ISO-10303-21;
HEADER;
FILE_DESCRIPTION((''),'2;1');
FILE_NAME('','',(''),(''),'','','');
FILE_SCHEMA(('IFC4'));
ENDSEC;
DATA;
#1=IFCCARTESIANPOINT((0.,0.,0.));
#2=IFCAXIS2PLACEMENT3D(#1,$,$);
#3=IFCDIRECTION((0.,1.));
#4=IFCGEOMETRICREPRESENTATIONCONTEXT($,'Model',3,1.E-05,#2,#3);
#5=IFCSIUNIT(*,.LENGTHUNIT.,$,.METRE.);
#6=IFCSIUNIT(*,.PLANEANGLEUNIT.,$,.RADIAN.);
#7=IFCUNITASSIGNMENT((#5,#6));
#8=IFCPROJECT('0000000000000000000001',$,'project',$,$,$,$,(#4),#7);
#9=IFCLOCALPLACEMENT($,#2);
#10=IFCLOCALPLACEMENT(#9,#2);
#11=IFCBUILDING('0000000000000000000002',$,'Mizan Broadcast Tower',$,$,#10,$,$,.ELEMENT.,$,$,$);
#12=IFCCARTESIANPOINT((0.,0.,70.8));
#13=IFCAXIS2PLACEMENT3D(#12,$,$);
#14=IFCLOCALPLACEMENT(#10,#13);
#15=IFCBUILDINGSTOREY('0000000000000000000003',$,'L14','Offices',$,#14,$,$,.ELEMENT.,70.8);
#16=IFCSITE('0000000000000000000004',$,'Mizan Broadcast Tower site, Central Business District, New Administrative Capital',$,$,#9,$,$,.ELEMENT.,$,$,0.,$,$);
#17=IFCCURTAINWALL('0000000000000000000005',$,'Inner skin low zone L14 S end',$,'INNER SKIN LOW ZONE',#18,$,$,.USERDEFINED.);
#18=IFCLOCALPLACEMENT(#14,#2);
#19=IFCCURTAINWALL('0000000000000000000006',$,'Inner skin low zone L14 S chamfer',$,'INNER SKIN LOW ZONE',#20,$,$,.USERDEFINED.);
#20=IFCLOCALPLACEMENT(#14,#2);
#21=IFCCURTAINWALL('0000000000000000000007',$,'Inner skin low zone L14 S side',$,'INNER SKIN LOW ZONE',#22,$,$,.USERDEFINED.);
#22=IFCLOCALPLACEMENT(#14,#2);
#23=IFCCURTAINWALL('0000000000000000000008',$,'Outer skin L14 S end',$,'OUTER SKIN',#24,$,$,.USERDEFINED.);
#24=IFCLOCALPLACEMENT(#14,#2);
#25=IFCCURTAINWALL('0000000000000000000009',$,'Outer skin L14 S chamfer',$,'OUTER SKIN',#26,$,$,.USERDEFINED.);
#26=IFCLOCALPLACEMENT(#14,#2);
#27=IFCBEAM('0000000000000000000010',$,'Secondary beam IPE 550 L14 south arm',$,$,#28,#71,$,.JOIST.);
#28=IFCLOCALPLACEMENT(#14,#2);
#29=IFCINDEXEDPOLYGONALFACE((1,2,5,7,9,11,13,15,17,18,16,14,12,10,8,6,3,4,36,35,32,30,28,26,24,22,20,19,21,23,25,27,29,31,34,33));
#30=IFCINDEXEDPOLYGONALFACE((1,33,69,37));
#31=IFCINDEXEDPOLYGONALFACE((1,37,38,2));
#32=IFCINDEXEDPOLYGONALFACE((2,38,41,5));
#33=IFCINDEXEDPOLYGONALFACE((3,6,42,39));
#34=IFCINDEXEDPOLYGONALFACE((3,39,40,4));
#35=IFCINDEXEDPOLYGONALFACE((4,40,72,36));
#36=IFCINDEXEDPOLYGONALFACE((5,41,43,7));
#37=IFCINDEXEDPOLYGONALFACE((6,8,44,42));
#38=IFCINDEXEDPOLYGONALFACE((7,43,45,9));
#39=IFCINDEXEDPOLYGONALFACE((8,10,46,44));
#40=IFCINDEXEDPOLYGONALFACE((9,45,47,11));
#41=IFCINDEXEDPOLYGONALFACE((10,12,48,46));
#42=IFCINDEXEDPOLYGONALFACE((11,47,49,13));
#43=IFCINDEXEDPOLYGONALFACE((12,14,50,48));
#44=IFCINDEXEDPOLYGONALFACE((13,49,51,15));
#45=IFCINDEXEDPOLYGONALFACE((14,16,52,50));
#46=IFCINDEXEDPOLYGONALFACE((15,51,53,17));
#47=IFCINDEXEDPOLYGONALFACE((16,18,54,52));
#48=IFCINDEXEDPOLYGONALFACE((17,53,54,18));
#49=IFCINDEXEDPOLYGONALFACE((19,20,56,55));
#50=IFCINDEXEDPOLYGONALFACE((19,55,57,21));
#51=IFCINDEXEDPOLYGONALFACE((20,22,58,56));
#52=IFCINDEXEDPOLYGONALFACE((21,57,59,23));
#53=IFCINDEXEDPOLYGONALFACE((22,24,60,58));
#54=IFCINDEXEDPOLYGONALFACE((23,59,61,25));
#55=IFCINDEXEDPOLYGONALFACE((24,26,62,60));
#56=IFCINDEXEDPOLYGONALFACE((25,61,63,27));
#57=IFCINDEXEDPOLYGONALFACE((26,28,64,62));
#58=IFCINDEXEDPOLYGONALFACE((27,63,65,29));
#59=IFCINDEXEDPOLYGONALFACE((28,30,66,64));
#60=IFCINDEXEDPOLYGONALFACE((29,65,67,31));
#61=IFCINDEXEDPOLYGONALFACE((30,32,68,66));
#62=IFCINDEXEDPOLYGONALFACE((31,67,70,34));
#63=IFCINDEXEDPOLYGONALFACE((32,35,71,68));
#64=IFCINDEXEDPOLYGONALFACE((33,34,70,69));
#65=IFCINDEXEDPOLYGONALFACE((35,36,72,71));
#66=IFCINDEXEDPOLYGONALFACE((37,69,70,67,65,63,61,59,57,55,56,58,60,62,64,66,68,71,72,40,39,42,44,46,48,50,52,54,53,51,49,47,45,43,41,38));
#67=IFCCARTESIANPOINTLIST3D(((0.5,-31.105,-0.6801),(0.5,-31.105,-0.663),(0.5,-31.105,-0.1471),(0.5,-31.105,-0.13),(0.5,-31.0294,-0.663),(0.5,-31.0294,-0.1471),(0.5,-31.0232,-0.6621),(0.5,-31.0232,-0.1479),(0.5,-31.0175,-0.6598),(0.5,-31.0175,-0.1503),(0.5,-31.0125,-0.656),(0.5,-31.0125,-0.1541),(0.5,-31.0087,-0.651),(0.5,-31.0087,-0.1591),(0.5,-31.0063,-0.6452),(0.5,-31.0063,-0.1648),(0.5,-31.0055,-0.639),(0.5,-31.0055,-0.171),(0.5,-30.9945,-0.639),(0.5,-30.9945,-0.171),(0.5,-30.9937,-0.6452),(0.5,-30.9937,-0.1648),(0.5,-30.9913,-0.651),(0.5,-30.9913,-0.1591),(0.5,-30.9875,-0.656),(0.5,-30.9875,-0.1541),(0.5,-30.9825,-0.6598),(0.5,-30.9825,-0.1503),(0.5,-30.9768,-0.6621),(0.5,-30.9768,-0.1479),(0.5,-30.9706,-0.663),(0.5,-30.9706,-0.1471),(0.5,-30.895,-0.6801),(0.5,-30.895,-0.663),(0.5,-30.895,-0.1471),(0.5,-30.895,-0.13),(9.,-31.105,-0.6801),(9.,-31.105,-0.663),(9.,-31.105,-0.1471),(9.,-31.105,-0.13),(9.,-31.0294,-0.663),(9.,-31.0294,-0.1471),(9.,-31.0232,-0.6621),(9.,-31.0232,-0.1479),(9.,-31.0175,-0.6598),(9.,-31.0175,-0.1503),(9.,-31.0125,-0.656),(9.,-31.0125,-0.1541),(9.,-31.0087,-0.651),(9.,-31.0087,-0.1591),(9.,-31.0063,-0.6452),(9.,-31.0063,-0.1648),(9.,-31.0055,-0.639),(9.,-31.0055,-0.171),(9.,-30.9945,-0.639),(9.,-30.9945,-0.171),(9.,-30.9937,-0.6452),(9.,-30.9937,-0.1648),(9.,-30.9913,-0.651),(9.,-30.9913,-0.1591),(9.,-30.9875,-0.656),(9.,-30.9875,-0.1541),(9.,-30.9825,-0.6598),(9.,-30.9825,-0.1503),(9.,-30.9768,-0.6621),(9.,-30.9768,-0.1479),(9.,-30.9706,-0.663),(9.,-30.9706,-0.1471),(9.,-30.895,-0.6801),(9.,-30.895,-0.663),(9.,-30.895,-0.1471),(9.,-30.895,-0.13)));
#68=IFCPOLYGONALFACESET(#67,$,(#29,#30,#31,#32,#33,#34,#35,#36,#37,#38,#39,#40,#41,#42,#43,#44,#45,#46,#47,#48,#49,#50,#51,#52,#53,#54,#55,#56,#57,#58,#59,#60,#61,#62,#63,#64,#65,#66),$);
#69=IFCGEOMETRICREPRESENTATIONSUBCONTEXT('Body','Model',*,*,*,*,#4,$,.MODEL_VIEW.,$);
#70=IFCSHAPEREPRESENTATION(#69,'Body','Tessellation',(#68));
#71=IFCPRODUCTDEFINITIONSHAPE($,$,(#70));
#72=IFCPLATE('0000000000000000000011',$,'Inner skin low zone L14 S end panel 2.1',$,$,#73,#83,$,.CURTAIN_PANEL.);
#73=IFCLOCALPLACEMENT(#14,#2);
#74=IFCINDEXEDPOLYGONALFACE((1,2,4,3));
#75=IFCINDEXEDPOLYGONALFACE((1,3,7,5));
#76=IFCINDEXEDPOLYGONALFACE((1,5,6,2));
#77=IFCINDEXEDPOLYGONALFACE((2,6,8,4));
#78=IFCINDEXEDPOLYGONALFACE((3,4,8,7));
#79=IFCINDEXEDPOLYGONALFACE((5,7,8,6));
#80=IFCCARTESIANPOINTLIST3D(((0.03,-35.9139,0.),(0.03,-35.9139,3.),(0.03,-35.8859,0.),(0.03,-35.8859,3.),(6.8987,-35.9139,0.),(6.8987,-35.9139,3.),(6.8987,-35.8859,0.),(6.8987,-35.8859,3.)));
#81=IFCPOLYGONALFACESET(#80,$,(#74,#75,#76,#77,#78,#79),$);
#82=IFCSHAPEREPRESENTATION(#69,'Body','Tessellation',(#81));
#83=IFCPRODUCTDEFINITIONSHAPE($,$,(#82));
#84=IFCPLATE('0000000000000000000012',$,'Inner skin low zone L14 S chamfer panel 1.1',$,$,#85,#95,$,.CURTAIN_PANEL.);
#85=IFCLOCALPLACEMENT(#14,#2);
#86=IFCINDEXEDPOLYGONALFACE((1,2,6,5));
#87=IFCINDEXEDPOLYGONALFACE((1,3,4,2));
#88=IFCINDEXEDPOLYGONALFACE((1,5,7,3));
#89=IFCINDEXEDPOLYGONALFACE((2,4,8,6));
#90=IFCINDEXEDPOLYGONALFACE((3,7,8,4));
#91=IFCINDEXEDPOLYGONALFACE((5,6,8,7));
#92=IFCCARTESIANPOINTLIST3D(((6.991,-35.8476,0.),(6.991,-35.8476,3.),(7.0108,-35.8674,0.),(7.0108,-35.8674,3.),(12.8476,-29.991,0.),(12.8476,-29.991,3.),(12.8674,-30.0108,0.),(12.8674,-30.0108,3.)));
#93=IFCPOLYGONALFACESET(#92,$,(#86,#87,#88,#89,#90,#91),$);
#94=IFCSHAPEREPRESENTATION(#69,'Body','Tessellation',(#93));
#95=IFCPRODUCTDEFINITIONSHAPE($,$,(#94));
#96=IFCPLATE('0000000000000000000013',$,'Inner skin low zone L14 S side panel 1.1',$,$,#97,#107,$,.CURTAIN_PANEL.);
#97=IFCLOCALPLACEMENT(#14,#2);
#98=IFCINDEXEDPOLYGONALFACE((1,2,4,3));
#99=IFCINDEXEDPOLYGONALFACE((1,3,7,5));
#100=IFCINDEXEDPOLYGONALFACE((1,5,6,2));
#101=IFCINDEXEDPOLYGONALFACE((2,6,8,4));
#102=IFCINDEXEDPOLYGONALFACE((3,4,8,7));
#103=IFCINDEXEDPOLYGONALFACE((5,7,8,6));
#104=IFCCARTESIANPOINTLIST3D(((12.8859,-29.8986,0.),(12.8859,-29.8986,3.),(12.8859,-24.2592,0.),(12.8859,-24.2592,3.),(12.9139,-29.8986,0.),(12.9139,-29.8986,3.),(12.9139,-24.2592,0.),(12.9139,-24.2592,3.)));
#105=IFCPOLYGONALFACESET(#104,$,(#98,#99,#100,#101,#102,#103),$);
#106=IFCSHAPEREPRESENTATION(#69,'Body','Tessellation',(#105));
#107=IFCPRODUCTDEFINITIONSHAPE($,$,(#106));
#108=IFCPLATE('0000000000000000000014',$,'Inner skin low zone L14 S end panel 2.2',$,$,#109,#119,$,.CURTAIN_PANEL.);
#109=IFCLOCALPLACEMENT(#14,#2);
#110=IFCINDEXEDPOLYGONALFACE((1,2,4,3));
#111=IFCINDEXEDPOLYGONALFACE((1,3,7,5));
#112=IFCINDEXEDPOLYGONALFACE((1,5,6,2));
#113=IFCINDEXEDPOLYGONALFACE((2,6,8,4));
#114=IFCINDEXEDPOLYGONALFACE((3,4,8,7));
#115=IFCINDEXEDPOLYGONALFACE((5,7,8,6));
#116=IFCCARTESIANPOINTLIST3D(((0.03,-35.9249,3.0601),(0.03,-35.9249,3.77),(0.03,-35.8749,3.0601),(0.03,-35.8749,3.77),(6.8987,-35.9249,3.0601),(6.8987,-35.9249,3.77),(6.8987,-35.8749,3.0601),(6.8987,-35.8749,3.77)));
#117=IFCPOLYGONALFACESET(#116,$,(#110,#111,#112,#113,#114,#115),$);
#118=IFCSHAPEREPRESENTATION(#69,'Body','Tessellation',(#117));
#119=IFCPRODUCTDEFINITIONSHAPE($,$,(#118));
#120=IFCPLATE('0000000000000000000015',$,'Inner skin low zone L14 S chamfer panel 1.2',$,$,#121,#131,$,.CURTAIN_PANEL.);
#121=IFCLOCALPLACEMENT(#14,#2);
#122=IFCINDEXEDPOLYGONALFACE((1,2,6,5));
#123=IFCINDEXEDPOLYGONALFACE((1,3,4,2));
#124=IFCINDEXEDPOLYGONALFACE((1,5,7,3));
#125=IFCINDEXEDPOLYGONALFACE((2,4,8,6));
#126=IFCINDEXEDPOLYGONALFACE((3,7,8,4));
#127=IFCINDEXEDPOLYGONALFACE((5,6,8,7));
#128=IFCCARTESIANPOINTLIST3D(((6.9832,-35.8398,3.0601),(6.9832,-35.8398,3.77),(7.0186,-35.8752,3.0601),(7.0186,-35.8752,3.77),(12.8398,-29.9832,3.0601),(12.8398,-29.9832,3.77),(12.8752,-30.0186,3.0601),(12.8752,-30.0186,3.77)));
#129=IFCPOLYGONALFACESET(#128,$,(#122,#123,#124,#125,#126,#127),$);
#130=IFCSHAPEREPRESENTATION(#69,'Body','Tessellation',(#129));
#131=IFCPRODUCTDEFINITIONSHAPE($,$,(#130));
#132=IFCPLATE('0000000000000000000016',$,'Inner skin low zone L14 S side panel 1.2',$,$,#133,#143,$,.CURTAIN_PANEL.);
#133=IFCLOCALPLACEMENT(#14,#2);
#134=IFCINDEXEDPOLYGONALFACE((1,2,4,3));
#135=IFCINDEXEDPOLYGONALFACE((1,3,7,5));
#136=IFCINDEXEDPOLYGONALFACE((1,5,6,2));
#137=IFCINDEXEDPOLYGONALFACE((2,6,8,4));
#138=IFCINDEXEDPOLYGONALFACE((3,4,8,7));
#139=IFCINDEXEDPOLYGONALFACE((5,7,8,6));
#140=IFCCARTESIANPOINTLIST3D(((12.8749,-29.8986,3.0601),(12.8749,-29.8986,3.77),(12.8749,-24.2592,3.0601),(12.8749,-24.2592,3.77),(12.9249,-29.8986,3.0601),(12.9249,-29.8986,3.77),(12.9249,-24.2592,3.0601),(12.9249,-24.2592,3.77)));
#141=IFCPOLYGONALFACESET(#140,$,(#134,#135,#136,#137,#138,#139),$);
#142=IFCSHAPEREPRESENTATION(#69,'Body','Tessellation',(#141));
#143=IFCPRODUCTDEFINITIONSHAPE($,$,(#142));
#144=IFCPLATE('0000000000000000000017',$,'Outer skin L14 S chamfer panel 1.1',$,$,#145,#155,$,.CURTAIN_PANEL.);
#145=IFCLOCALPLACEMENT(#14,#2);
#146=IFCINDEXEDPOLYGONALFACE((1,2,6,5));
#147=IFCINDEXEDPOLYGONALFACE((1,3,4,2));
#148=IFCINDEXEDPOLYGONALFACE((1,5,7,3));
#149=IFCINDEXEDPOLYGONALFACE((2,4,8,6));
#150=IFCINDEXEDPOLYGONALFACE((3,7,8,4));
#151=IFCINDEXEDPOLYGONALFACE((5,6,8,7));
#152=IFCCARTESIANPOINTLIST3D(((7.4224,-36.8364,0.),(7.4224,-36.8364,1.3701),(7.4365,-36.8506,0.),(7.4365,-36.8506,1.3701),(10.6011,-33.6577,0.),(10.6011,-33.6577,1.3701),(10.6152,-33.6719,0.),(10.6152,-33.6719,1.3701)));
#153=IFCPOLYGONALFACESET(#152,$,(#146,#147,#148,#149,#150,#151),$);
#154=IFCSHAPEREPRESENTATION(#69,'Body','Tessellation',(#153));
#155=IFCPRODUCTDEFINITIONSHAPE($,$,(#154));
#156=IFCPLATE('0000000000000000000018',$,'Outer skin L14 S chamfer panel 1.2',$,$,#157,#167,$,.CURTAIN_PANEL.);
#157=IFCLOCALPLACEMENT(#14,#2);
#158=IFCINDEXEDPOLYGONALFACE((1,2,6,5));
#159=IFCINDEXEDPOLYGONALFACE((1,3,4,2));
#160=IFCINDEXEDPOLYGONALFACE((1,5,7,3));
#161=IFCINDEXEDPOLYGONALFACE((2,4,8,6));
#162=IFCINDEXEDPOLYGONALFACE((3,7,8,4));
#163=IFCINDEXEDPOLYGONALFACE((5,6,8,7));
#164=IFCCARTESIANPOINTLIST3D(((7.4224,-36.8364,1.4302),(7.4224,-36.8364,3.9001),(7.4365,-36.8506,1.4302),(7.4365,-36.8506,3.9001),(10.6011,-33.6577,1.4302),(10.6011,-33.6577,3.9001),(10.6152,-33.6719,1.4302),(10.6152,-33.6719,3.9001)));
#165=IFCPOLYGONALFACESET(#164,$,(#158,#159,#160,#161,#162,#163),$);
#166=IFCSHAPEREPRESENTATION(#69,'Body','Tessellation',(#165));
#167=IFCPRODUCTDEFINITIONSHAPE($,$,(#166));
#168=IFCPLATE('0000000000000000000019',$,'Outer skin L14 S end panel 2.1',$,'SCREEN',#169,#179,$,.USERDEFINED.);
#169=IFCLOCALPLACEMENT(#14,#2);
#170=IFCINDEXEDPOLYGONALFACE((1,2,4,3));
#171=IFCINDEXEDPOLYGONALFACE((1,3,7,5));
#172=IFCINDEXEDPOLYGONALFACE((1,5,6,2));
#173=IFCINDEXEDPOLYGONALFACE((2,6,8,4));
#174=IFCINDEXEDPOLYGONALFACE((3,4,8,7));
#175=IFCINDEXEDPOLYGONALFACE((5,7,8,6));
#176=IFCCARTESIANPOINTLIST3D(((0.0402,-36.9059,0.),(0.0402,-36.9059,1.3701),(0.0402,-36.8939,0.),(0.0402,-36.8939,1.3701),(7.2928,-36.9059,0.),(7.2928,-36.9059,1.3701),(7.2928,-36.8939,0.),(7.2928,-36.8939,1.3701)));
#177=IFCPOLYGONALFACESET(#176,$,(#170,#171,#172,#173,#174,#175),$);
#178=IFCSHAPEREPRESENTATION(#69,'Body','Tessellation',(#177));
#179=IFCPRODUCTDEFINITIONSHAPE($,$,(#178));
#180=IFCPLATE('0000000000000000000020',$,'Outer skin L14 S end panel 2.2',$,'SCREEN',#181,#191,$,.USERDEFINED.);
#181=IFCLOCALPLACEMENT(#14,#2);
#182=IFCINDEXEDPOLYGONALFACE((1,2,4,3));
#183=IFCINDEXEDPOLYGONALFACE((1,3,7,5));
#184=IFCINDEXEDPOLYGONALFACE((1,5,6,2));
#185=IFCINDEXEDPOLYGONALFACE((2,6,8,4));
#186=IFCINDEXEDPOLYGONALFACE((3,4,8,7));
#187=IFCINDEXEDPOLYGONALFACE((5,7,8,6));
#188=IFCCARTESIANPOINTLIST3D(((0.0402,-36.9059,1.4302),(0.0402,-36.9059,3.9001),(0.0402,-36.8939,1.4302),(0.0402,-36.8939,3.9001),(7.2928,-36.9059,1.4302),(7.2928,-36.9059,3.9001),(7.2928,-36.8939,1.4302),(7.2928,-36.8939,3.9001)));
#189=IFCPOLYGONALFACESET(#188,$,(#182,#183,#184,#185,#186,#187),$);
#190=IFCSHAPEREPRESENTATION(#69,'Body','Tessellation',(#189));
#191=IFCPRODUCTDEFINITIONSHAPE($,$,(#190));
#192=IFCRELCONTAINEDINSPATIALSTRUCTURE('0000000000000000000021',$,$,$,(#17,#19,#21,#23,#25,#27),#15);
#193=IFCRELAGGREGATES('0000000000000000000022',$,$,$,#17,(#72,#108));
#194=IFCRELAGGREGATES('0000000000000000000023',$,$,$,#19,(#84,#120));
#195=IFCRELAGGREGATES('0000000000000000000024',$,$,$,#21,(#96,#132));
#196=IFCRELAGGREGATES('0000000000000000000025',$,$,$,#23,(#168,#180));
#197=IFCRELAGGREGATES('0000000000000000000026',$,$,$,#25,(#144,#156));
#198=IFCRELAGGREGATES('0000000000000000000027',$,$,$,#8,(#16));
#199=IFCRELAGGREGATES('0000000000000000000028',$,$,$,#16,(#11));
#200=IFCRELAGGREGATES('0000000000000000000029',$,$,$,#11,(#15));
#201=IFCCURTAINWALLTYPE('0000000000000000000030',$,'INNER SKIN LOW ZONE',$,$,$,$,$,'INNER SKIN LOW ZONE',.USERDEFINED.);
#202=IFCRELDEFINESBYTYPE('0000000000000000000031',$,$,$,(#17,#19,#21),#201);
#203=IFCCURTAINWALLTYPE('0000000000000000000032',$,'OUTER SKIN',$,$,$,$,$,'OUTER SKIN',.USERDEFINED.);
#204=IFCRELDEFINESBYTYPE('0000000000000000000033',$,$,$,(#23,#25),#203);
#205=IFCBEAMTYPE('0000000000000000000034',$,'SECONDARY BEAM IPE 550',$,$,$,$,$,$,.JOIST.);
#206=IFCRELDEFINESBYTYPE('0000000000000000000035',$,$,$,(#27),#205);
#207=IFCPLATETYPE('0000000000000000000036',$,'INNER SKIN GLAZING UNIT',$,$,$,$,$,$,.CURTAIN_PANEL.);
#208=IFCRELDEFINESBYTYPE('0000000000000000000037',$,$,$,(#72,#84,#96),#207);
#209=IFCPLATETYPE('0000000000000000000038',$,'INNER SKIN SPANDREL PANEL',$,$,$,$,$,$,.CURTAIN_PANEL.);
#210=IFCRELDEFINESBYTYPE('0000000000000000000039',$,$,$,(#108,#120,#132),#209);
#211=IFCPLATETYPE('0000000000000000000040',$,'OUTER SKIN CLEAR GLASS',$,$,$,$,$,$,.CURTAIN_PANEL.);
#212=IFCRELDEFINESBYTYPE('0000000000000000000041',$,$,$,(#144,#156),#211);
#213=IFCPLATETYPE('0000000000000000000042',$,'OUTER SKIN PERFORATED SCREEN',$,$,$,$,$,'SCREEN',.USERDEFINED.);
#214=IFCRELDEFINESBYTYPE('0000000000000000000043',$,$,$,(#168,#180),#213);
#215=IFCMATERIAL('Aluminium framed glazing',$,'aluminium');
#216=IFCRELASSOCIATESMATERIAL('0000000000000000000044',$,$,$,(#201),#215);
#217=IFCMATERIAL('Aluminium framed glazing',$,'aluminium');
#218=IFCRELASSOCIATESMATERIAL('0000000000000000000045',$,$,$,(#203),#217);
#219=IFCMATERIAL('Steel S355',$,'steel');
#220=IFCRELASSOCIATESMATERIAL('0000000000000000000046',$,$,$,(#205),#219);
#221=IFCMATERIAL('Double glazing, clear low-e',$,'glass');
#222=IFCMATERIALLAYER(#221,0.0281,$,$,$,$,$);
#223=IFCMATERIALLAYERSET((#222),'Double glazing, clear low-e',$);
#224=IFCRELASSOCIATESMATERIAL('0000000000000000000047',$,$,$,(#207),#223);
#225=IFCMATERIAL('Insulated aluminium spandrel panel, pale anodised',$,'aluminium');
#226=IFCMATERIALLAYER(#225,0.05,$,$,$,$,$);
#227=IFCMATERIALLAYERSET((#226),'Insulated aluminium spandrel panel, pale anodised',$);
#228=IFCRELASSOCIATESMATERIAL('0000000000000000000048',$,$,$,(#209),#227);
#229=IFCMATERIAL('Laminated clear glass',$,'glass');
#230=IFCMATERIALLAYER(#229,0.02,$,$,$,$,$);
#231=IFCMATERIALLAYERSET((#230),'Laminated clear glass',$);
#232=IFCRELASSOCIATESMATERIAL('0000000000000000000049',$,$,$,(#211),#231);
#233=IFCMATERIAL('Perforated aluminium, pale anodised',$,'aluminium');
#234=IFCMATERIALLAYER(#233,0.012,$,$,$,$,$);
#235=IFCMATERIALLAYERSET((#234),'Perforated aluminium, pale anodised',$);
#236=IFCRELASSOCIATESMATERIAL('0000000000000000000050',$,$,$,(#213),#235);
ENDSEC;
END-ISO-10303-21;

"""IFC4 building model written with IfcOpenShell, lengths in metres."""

from ifc_helpers import new_model, si_unit, direction, frame, origin, origin_2d, place, context, subcontext, project, spatial, rectangle, i_section, extrude, material, layer, layer_set, material_profile, profile_set, type_object, element, aggregate, save


model = new_model("IFC4")

# Units and contexts
model_context = context("Model", 3, precision=1e-05, world=origin(), true_north=direction((0.0, 1.0)))
body_context = subcontext(model_context, "Body", "Model", "MODEL_VIEW")
ifc_project = project(units=[si_unit("LENGTHUNIT", "METRE"), si_unit("PLANEANGLEUNIT", "RADIAN")], contexts=[model_context])

# Site, building, storey
site_placement = place(None, origin())
site = spatial("IfcSite", under=ifc_project, at=site_placement, Name="Mizan Broadcast Tower site, Central Business District, New Administrative Capital", CompositionType="ELEMENT", RefElevation=0.0)
building_placement = place(site_placement, origin())
building = spatial("IfcBuilding", under=site, at=building_placement, Name="Mizan Broadcast Tower", CompositionType="ELEMENT")
storey_placement = place(building_placement, frame((0.0, 0.0, 70.8)))
storey = spatial("IfcBuildingStorey", under=building, at=storey_placement, Name="L14", Description="Offices", CompositionType="ELEMENT", Elevation=70.8)

# Curtain wall
ifc_material_1 = material(Name="Aluminium framed glazing", Category="aluminium")
curtain_wall_type_1 = type_object("IfcCurtainWallType", Name="INNER SKIN LOW ZONE", ElementType="INNER SKIN LOW ZONE", PredefinedType="USERDEFINED", material=ifc_material_1)
curtain_wall_1_placement = place(storey_placement, origin())
curtain_wall_1 = element("IfcCurtainWall", 1, at=curtain_wall_1_placement, inside=storey, type_object=curtain_wall_type_1, Name="Inner skin low zone L14 S end", ObjectType="INNER SKIN LOW ZONE", PredefinedType="USERDEFINED")

# Curtain walls
curtain_wall_2_placement = place(storey_placement, origin())
curtain_wall_2 = element("IfcCurtainWall", 2, at=curtain_wall_2_placement, inside=storey, type_object=curtain_wall_type_1, Name="Inner skin low zone L14 S chamfer", ObjectType="INNER SKIN LOW ZONE", PredefinedType="USERDEFINED")
curtain_wall_3_placement = place(storey_placement, origin())
curtain_wall_3 = element("IfcCurtainWall", 3, at=curtain_wall_3_placement, inside=storey, type_object=curtain_wall_type_1, Name="Inner skin low zone L14 S side", ObjectType="INNER SKIN LOW ZONE", PredefinedType="USERDEFINED")

# Curtain wall
ifc_material_2 = material(Name="Aluminium framed glazing", Category="aluminium")
curtain_wall_type_2 = type_object("IfcCurtainWallType", Name="OUTER SKIN", ElementType="OUTER SKIN", PredefinedType="USERDEFINED", material=ifc_material_2)
curtain_wall_4_placement = place(storey_placement, origin())
curtain_wall_4 = element("IfcCurtainWall", 4, at=curtain_wall_4_placement, inside=storey, type_object=curtain_wall_type_2, Name="Outer skin L14 S end", ObjectType="OUTER SKIN", PredefinedType="USERDEFINED")

# Curtain wall
curtain_wall_5_placement = place(storey_placement, origin())
curtain_wall_5 = element("IfcCurtainWall", 5, at=curtain_wall_5_placement, inside=storey, type_object=curtain_wall_type_2, Name="Outer skin L14 S chamfer", ObjectType="OUTER SKIN", PredefinedType="USERDEFINED")

# Beam
ifc_material_3 = material(Name="Steel S355", Category="steel")
ifc_material_profile_1 = material_profile(ifc_material_3, i_section(OverallWidth=0.21, OverallDepth=0.55, WebThickness=0.011, FlangeThickness=0.0171, FilletRadius=0.0239, at=origin_2d()), Name="IPE 550")
ifc_profile_set_1 = profile_set([ifc_material_profile_1], Name="Steel S355")
beam_type_1 = type_object("IfcBeamType", Name="SECONDARY BEAM IPE 550", PredefinedType="JOIST", material=ifc_profile_set_1)
beam_1_placement = place(storey_placement, frame((9.0, -31.0, -0.405), z_axis=(-1.0, 0.0, 0.0), x_axis=(0.0, -1.0, 0.0)))
element("IfcBeam", 6, at=beam_1_placement, inside=storey, type_object=beam_type_1, Name="Secondary beam IPE 550 L14 south arm", PredefinedType="JOIST", context=body_context, shape_type="SweptSolid", body=[
    extrude(i_section(OverallWidth=0.21, OverallDepth=0.55, WebThickness=0.011, FlangeThickness=0.0171, FilletRadius=0.0239, at=origin_2d()), origin(), (0.0, 0.0, 1.0), 8.5),
])

# Plates
ifc_material_4 = material(Name="Double glazing, clear low-e", Category="glass")
ifc_layer_1 = layer(ifc_material_4, 0.0281)
ifc_layer_set_1 = layer_set([ifc_layer_1], Name="Double glazing, clear low-e")
plate_type_1 = type_object("IfcPlateType", Name="INNER SKIN GLAZING UNIT", PredefinedType="CURTAIN_PANEL", material=ifc_layer_set_1)
plate_1_placement = place(storey_placement, frame((3.4644, -35.8999, 0.0), z_axis=(0.0, 0.0, 1.0), x_axis=(1.0, 0.0, 0.0)))
plate_1 = element("IfcPlate", 7, at=plate_1_placement, type_object=plate_type_1, Name="Inner skin low zone L14 S end panel 2.1", PredefinedType="CURTAIN_PANEL", context=body_context, shape_type="SweptSolid", body=[
    extrude(rectangle(XDim=6.8687, YDim=0.0281, at=origin_2d()), origin(), (0.0, 0.0, 1.0), 3.0),
])
plate_2_placement = place(storey_placement, frame((9.9292, -32.9292, 0.0), z_axis=(0.0, 0.0, 1.0), x_axis=(0.707107, 0.707107, 0.0)))
plate_2 = element("IfcPlate", 8, at=plate_2_placement, type_object=plate_type_1, Name="Inner skin low zone L14 S chamfer panel 1.1", PredefinedType="CURTAIN_PANEL", context=body_context, shape_type="SweptSolid", body=[
    extrude(rectangle(XDim=8.2825, YDim=0.0281, at=origin_2d()), origin(), (0.0, 0.0, 1.0), 3.0),
])
plate_3_placement = place(storey_placement, frame((12.8999, -27.0789, 0.0), z_axis=(0.0, 0.0, 1.0), x_axis=(0.0, 1.0, 0.0)))
plate_3 = element("IfcPlate", 9, at=plate_3_placement, type_object=plate_type_1, Name="Inner skin low zone L14 S side panel 1.1", PredefinedType="CURTAIN_PANEL", context=body_context, shape_type="SweptSolid", body=[
    extrude(rectangle(XDim=5.6394, YDim=0.0281, at=origin_2d()), origin(), (0.0, 0.0, 1.0), 3.0),
])
ifc_material_5 = material(Name="Insulated aluminium spandrel panel, pale anodised", Category="aluminium")
ifc_layer_2 = layer(ifc_material_5, 0.05)
ifc_layer_set_2 = layer_set([ifc_layer_2], Name="Insulated aluminium spandrel panel, pale anodised")
plate_type_2 = type_object("IfcPlateType", Name="INNER SKIN SPANDREL PANEL", PredefinedType="CURTAIN_PANEL", material=ifc_layer_set_2)
plate_4_placement = place(storey_placement, frame((3.4644, -35.8999, 3.0601), z_axis=(0.0, 0.0, 1.0), x_axis=(1.0, 0.0, 0.0)))
plate_4 = element("IfcPlate", 10, at=plate_4_placement, type_object=plate_type_2, Name="Inner skin low zone L14 S end panel 2.2", PredefinedType="CURTAIN_PANEL", context=body_context, shape_type="SweptSolid", body=[
    extrude(rectangle(XDim=6.8687, YDim=0.05, at=origin_2d()), origin(), (0.0, 0.0, 1.0), 0.71),
])
aggregate(curtain_wall_1, [plate_1, plate_4])
plate_5_placement = place(storey_placement, frame((9.9292, -32.9292, 3.0601), z_axis=(0.0, 0.0, 1.0), x_axis=(0.707107, 0.707107, 0.0)))
plate_5 = element("IfcPlate", 11, at=plate_5_placement, type_object=plate_type_2, Name="Inner skin low zone L14 S chamfer panel 1.2", PredefinedType="CURTAIN_PANEL", context=body_context, shape_type="SweptSolid", body=[
    extrude(rectangle(XDim=8.2825, YDim=0.05, at=origin_2d()), origin(), (0.0, 0.0, 1.0), 0.71),
])
aggregate(curtain_wall_2, [plate_2, plate_5])
plate_6_placement = place(storey_placement, frame((12.8999, -27.0789, 3.0601), z_axis=(0.0, 0.0, 1.0), x_axis=(0.0, 1.0, 0.0)))
plate_6 = element("IfcPlate", 12, at=plate_6_placement, type_object=plate_type_2, Name="Inner skin low zone L14 S side panel 1.2", PredefinedType="CURTAIN_PANEL", context=body_context, shape_type="SweptSolid", body=[
    extrude(rectangle(XDim=5.6394, YDim=0.05, at=origin_2d()), origin(), (0.0, 0.0, 1.0), 0.71),
])
aggregate(curtain_wall_3, [plate_3, plate_6])
ifc_material_6 = material(Name="Laminated clear glass", Category="glass")
ifc_layer_3 = layer(ifc_material_6, 0.02)
ifc_layer_set_3 = layer_set([ifc_layer_3], Name="Laminated clear glass")
plate_type_3 = type_object("IfcPlateType", Name="OUTER SKIN CLEAR GLASS", PredefinedType="CURTAIN_PANEL", material=ifc_layer_set_3)
plate_7_placement = place(storey_placement, frame((9.0188, -35.2542, 0.0), z_axis=(0.0, 0.0, 1.0), x_axis=(0.707107, 0.707107, 0.0)))
plate_7 = element("IfcPlate", 13, at=plate_7_placement, type_object=plate_type_3, Name="Outer skin L14 S chamfer panel 1.1", PredefinedType="CURTAIN_PANEL", context=body_context, shape_type="SweptSolid", body=[
    extrude(rectangle(XDim=4.4954, YDim=0.02, at=origin_2d()), origin(), (0.0, 0.0, 1.0), 1.3701),
])
plate_8_placement = place(storey_placement, frame((9.0188, -35.2542, 1.4302), z_axis=(0.0, 0.0, 1.0), x_axis=(0.707107, 0.707107, 0.0)))
plate_8 = element("IfcPlate", 14, at=plate_8_placement, type_object=plate_type_3, Name="Outer skin L14 S chamfer panel 1.2", PredefinedType="CURTAIN_PANEL", context=body_context, shape_type="SweptSolid", body=[
    extrude(rectangle(XDim=4.4954, YDim=0.02, at=origin_2d()), origin(), (0.0, 0.0, 1.0), 2.47),
])
ifc_material_7 = material(Name="Perforated aluminium, pale anodised", Category="aluminium")
ifc_layer_4 = layer(ifc_material_7, 0.012)
ifc_layer_set_4 = layer_set([ifc_layer_4], Name="Perforated aluminium, pale anodised")
plate_type_4 = type_object("IfcPlateType", Name="OUTER SKIN PERFORATED SCREEN", ElementType="SCREEN", PredefinedType="USERDEFINED", material=ifc_layer_set_4)
plate_9_placement = place(storey_placement, frame((3.6665, -36.8999, 0.0), z_axis=(0.0, 0.0, 1.0), x_axis=(1.0, 0.0, 0.0)))
plate_9 = element("IfcPlate", 15, at=plate_9_placement, type_object=plate_type_4, Name="Outer skin L14 S end panel 2.1", ObjectType="SCREEN", PredefinedType="USERDEFINED", context=body_context, shape_type="SweptSolid", body=[
    extrude(rectangle(XDim=7.2527, YDim=0.012, at=origin_2d()), origin(), (0.0, 0.0, 1.0), 1.3701),
])
plate_10_placement = place(storey_placement, frame((3.6665, -36.8999, 1.4302), z_axis=(0.0, 0.0, 1.0), x_axis=(1.0, 0.0, 0.0)))
plate_10 = element("IfcPlate", 16, at=plate_10_placement, type_object=plate_type_4, Name="Outer skin L14 S end panel 2.2", ObjectType="SCREEN", PredefinedType="USERDEFINED", context=body_context, shape_type="SweptSolid", body=[
    extrude(rectangle(XDim=7.2527, YDim=0.012, at=origin_2d()), origin(), (0.0, 0.0, 1.0), 2.47),
])
aggregate(curtain_wall_4, [plate_9, plate_10])
aggregate(curtain_wall_5, [plate_7, plate_8])

save(model, "model.ifc")
